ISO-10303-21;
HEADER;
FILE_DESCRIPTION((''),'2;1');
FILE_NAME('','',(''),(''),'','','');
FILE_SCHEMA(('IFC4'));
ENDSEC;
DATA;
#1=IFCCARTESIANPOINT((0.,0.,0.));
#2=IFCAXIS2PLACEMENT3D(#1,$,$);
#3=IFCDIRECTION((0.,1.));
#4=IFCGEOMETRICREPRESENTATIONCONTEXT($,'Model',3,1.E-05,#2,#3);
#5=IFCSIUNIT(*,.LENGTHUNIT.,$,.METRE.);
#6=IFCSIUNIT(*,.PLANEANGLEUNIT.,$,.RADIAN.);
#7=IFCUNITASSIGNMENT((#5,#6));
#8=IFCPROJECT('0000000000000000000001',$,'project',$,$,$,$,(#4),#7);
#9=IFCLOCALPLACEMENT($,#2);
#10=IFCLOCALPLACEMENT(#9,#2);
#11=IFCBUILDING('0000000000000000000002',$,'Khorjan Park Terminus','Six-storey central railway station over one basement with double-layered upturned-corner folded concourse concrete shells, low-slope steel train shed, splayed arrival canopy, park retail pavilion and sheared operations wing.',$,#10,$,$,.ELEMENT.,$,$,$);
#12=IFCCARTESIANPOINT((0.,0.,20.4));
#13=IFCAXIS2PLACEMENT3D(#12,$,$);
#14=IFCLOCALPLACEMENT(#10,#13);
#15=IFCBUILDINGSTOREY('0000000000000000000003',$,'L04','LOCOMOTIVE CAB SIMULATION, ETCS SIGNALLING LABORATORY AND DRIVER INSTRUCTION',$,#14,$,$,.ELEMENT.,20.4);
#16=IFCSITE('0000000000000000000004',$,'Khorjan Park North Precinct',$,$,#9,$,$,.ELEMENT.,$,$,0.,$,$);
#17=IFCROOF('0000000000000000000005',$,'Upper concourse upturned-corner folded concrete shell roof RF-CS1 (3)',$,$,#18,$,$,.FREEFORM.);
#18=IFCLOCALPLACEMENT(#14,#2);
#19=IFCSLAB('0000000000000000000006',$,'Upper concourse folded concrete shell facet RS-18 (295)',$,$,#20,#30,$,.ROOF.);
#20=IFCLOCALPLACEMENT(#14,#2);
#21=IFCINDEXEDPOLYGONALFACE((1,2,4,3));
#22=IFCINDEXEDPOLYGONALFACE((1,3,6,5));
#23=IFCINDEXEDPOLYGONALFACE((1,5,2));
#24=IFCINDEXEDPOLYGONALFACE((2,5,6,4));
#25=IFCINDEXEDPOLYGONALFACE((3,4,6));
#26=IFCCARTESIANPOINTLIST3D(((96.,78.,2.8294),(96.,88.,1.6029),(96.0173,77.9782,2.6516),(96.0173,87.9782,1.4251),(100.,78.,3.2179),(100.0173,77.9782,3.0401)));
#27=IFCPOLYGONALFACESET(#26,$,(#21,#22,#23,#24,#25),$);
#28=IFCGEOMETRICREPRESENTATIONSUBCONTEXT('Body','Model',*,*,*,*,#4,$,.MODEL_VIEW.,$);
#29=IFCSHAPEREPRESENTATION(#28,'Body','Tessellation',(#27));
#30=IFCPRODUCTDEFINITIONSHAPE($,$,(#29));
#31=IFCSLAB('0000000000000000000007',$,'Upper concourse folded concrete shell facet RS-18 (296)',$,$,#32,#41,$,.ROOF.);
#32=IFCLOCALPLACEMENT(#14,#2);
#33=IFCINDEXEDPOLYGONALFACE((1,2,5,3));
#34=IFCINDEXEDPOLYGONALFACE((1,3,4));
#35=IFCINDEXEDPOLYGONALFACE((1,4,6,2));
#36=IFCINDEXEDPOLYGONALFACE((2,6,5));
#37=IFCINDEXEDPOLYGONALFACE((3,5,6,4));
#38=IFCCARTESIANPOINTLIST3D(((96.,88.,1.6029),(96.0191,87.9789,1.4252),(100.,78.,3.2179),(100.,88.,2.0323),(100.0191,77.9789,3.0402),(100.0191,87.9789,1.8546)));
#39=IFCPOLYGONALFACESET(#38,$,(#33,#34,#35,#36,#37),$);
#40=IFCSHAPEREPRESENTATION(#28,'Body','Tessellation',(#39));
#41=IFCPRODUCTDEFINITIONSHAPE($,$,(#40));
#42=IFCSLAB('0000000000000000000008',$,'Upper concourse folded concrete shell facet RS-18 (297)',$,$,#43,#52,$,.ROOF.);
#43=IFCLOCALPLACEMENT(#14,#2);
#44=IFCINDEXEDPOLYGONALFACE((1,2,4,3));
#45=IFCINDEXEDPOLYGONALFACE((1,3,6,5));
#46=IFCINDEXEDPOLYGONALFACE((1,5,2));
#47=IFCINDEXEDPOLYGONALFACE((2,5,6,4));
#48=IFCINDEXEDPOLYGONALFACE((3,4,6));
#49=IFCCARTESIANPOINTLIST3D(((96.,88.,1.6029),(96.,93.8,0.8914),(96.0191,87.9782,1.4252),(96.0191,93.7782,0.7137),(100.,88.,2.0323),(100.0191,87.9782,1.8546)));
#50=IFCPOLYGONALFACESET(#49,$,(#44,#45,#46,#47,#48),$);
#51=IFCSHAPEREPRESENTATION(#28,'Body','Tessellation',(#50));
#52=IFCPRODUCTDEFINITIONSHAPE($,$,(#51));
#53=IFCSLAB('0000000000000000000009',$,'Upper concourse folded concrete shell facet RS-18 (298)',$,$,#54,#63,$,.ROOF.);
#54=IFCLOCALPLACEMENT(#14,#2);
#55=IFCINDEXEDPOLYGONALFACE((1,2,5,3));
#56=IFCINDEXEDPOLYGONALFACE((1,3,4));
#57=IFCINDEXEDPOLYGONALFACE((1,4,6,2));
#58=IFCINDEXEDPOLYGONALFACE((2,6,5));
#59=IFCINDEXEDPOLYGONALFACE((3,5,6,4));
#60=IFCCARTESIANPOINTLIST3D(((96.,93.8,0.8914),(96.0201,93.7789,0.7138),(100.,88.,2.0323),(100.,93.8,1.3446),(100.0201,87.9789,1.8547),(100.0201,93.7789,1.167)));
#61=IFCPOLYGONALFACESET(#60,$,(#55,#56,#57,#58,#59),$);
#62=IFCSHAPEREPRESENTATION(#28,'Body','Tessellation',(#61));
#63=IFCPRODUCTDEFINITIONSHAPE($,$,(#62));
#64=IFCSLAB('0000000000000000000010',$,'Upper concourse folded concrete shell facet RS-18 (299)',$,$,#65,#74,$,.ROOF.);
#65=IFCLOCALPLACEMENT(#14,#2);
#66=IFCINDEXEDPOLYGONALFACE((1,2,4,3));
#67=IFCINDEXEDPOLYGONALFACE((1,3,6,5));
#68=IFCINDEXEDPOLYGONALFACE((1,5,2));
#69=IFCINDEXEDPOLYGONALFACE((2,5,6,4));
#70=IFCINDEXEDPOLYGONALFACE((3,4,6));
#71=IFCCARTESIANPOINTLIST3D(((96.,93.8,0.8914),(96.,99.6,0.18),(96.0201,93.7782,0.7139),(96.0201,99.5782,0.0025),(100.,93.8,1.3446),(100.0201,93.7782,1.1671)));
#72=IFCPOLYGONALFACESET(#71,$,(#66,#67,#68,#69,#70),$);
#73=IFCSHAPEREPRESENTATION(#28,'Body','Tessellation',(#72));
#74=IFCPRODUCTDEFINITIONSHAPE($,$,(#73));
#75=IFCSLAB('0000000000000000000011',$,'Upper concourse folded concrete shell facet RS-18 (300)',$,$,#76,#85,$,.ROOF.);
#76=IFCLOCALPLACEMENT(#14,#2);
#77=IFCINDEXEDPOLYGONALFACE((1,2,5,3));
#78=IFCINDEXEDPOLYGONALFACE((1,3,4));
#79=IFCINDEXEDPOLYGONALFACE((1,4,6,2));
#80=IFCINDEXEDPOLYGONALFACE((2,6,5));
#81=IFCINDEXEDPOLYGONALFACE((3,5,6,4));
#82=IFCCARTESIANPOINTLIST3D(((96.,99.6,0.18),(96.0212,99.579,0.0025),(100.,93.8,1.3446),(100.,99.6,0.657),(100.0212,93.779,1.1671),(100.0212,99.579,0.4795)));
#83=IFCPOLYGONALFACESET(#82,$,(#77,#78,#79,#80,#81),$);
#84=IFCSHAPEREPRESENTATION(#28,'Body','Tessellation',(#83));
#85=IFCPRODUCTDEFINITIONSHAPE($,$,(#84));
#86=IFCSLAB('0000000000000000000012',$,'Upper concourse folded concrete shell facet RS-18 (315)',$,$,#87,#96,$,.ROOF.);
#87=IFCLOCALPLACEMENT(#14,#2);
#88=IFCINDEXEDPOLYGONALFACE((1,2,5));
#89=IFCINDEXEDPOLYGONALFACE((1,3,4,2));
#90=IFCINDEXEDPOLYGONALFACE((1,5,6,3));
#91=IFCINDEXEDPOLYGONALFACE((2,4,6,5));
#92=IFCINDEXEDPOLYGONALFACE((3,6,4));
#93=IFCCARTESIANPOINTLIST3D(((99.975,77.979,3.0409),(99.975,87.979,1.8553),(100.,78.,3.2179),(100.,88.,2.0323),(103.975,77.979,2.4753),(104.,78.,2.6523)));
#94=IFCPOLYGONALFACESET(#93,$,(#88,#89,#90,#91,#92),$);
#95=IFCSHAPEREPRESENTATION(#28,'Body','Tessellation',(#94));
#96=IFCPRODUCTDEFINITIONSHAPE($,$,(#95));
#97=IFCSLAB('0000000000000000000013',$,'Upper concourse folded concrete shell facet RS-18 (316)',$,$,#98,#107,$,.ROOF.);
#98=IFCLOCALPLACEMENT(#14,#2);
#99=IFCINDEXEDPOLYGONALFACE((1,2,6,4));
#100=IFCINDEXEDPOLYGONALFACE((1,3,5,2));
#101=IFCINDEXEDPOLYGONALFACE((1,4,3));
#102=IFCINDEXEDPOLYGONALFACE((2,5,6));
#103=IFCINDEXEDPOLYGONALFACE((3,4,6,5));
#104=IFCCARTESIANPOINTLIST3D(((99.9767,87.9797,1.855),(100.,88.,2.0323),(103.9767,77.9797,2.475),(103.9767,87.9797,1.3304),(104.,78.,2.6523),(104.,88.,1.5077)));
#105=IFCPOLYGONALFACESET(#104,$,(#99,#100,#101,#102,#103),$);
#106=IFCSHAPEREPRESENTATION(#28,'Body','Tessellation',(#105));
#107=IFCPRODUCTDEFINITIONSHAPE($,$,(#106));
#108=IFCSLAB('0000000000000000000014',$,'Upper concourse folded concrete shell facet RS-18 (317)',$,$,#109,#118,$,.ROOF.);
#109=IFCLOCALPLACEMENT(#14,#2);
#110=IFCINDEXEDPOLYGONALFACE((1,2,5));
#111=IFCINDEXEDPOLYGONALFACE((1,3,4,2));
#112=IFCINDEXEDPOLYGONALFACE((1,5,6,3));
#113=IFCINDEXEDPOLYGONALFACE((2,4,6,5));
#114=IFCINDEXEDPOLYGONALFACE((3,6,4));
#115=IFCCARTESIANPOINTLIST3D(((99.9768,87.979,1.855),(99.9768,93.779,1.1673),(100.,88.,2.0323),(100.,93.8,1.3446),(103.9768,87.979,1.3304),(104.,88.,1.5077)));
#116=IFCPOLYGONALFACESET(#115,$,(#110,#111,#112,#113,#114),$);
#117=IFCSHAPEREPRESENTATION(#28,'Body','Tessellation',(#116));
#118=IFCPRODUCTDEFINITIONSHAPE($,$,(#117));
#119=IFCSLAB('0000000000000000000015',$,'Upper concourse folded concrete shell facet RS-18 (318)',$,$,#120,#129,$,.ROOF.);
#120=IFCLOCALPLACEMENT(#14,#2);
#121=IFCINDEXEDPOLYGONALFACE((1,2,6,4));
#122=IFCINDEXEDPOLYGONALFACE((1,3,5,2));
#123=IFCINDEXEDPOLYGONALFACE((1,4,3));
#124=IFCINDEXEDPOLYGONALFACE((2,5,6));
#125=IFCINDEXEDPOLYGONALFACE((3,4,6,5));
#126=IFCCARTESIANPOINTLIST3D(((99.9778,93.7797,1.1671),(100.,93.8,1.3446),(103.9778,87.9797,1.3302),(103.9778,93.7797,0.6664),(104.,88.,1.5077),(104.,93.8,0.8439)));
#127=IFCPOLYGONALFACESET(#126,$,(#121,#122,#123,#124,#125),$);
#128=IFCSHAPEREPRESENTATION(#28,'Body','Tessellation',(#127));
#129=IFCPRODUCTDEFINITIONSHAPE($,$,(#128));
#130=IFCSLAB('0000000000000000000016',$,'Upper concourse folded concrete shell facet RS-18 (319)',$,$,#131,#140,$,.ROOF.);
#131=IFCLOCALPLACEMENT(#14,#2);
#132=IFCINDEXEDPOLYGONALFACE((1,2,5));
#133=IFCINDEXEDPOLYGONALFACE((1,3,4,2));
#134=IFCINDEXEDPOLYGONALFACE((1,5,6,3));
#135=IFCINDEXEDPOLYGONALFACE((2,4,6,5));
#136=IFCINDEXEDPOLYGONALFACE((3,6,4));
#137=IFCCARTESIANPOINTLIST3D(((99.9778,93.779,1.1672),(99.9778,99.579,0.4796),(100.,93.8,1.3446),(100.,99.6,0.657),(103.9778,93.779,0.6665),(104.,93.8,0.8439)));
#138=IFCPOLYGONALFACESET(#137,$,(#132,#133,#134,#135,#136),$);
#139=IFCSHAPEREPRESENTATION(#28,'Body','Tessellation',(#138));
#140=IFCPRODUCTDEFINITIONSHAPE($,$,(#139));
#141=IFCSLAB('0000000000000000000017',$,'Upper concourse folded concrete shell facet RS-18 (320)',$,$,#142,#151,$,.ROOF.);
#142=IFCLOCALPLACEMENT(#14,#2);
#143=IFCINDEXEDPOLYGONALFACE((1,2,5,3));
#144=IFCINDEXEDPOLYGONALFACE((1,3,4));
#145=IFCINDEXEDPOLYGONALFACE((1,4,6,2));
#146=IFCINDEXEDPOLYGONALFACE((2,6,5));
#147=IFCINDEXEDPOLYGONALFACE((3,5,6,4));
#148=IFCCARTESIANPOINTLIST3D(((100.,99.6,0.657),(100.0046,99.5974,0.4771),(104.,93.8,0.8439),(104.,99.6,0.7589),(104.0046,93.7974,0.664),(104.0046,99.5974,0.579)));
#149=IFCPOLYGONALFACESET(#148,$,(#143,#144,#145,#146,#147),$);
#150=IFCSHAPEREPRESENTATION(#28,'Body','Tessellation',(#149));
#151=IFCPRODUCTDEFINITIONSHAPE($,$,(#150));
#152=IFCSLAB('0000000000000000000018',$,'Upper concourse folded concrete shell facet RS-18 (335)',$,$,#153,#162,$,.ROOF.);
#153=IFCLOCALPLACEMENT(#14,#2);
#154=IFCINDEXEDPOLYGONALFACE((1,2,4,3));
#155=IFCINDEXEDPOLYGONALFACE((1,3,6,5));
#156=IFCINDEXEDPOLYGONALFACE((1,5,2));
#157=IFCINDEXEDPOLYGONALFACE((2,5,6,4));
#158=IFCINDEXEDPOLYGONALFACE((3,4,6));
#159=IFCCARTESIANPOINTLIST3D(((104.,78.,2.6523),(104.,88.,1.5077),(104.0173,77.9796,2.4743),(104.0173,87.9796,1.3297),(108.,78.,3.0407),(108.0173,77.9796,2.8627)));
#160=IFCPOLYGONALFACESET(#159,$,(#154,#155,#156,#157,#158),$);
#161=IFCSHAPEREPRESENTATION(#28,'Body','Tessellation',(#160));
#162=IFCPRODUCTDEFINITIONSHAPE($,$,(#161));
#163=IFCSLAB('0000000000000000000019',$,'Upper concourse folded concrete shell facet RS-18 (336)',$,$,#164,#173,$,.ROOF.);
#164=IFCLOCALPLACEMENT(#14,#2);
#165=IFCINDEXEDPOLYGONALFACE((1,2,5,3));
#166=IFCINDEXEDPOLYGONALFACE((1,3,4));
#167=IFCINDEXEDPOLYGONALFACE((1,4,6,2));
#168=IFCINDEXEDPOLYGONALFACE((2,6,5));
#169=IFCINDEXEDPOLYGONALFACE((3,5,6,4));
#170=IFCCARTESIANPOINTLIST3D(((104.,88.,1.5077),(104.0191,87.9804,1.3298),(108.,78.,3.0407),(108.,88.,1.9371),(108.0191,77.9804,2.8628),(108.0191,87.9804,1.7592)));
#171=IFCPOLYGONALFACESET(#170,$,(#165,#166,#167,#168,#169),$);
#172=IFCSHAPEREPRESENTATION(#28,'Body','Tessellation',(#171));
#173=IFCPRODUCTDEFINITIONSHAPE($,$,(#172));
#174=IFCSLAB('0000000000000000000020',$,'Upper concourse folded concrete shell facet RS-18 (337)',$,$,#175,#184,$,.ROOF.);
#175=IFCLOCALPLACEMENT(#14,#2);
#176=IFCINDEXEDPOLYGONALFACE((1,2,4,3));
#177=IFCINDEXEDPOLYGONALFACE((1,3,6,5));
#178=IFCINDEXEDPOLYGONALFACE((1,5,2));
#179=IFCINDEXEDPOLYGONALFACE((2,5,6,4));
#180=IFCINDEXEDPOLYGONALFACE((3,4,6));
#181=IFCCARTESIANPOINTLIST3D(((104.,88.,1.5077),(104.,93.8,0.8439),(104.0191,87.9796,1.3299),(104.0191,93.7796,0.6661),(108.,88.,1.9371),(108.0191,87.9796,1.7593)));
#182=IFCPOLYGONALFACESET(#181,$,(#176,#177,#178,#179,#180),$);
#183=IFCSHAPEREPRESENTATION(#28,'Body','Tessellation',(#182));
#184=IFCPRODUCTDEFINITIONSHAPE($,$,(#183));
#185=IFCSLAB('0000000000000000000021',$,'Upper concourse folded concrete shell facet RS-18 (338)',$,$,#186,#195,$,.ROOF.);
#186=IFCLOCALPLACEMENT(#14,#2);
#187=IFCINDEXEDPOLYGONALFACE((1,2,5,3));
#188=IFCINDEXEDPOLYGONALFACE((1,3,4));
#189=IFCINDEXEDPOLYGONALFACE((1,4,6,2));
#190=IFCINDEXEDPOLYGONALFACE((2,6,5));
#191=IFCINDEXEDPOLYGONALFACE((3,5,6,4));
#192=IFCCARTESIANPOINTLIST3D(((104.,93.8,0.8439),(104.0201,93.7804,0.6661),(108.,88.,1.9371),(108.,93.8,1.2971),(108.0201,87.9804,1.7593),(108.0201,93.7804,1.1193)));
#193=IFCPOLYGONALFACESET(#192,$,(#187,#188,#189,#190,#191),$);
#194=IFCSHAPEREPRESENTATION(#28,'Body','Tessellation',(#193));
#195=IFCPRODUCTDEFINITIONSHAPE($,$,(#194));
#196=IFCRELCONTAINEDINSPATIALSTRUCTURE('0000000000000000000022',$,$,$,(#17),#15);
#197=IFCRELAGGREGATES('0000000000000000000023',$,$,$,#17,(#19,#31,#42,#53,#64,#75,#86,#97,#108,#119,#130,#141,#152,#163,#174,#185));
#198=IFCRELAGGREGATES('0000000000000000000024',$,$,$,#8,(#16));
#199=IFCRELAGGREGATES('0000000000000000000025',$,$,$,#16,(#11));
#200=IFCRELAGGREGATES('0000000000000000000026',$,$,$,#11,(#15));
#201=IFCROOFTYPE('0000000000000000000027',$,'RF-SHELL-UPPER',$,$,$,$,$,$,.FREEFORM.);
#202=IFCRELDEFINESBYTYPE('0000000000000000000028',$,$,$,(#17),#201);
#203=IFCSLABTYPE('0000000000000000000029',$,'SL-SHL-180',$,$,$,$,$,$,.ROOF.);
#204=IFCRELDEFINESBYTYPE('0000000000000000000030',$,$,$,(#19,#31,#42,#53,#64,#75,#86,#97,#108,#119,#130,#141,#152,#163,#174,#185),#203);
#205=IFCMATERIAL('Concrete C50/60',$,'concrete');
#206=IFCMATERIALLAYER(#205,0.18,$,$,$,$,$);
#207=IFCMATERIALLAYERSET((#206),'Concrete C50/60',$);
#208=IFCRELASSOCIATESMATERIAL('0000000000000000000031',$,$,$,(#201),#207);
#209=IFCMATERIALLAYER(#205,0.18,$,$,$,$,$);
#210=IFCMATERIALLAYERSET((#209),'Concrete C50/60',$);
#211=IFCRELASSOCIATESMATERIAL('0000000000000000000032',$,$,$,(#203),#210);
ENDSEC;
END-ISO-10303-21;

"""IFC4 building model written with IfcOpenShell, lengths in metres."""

from ifc_helpers import new_model, si_unit, direction, frame, origin, place, context, subcontext, project, spatial, polyline, outline, extrude, material, layer, layer_set, type_object, element, aggregate, save


model = new_model("IFC4")

# Units and contexts
model_context = context("Model", 3, precision=1e-05, world=origin(), true_north=direction((0.0, 1.0)))
body_context = subcontext(model_context, "Body", "Model", "MODEL_VIEW")
ifc_project = project(units=[si_unit("LENGTHUNIT", "METRE"), si_unit("PLANEANGLEUNIT", "RADIAN")], contexts=[model_context])

# Site, building, storey
site_placement = place(None, origin())
site = spatial("IfcSite", under=ifc_project, at=site_placement, Name="Khorjan Park North Precinct", CompositionType="ELEMENT", RefElevation=0.0)
building_placement = place(site_placement, origin())
building = spatial("IfcBuilding", under=site, at=building_placement, Name="Khorjan Park Terminus", Description="Six-storey central railway station over one basement with double-layered upturned-corner folded concourse concrete shells, low-slope steel train shed, splayed arrival canopy, park retail pavilion and sheared operations wing.", CompositionType="ELEMENT")
storey_placement = place(building_placement, frame((0.0, 0.0, 20.4)))
storey = spatial("IfcBuildingStorey", under=building, at=storey_placement, Name="L04", Description="LOCOMOTIVE CAB SIMULATION, ETCS SIGNALLING LABORATORY AND DRIVER INSTRUCTION", CompositionType="ELEMENT", Elevation=20.4)

# Roof, slabs
ifc_material = material(Name="Concrete C50/60", Category="concrete")
ifc_layer_1 = layer(ifc_material, 0.18)
ifc_layer_set_1 = layer_set([ifc_layer_1], Name="Concrete C50/60")
roof_type = type_object("IfcRoofType", Name="RF-SHELL-UPPER", PredefinedType="FREEFORM", material=ifc_layer_set_1)
roof_placement = place(storey_placement, origin())
roof = element("IfcRoof", 1, at=roof_placement, inside=storey, type_object=roof_type, Name="Upper concourse upturned-corner folded concrete shell roof RF-CS1 (3)", PredefinedType="FREEFORM")
ifc_layer_2 = layer(ifc_material, 0.18)
ifc_layer_set_2 = layer_set([ifc_layer_2], Name="Concrete C50/60")
slab_type = type_object("IfcSlabType", Name="SL-SHL-180", PredefinedType="ROOF", material=ifc_layer_set_2)
slab_1_placement = place(storey_placement, frame((96.0, 78.0, 2.8294), z_axis=(-0.095958, 0.121176, 0.987982), x_axis=(0.995316, 0.0, 0.09667)))
slab_1 = element("IfcSlab", 2, at=slab_1_placement, type_object=slab_type, Name="Upper concourse folded concrete shell facet RS-18 (295)", PredefinedType="ROOF", context=body_context, shape_type="SweptSolid", body=[
    extrude(outline(polyline([(0.0, 0.0), (4.0188, 0.0), (-0.1186, 10.0742), (0.0, 0.0)])), origin(), (0.0, 0.0, -1.0), 0.18),
])
slab_2_placement = place(storey_placement, frame((100.0, 78.0, 3.2179), z_axis=(-0.106003, 0.117072, 0.98745), x_axis=(0.0, 0.993045, -0.117735)))
slab_2 = element("IfcSlab", 3, at=slab_2_placement, type_object=slab_type, Name="Upper concourse folded concrete shell facet RS-18 (296)", PredefinedType="ROOF", context=body_context, shape_type="SweptSolid", body=[
    extrude(outline(polyline([(0.0, 0.0), (10.07, 0.0), (10.1206, 4.0227), (0.0, 0.0)])), origin(), (0.0, 0.0, -1.0), 0.18),
])
slab_3_placement = place(storey_placement, frame((96.0, 88.0, 1.6029), z_axis=(-0.105952, 0.121074, 0.986973), x_axis=(0.994287, 0.0, 0.106737)))
slab_3 = element("IfcSlab", 4, at=slab_3_placement, type_object=slab_type, Name="Upper concourse folded concrete shell facet RS-18 (297)", PredefinedType="ROOF", context=body_context, shape_type="SweptSolid", body=[
    extrude(outline(polyline([(0.0, 0.0), (4.023, 0.0), (-0.0759, 5.843), (0.0, 0.0)])), origin(), (0.0, 0.0, -1.0), 0.18),
])
slab_4_placement = place(storey_placement, frame((100.0, 88.0, 2.0323), z_axis=(-0.111806, 0.117006, 0.986818), x_axis=(0.0, 0.993044, -0.117744)))
slab_4 = element("IfcSlab", 5, at=slab_4_placement, type_object=slab_type, Name="Upper concourse folded concrete shell facet RS-18 (298)", PredefinedType="ROOF", context=body_context, shape_type="SweptSolid", body=[
    extrude(outline(polyline([(0.0, 0.0), (5.8406, 0.0), (5.894, 4.0252), (0.0, 0.0)])), origin(), (0.0, 0.0, -1.0), 0.18),
])
slab_5_placement = place(storey_placement, frame((96.0, 93.8, 0.8914), z_axis=(-0.111753, 0.12098, 0.986344), x_axis=(0.993643, 0.0, 0.11258)))
slab_5 = element("IfcSlab", 6, at=slab_5_placement, type_object=slab_type, Name="Upper concourse folded concrete shell facet RS-18 (299)", PredefinedType="ROOF", context=body_context, shape_type="SweptSolid", body=[
    extrude(outline(polyline([(0.0, 0.0), (4.0256, 0.0), (-0.0801, 5.8429), (0.0, 0.0)])), origin(), (0.0, 0.0, -1.0), 0.18),
])
slab_6_placement = place(storey_placement, frame((100.0, 93.8, 1.3446), z_axis=(-0.117599, 0.11691, 0.986155), x_axis=(0.0, 0.993046, -0.117727)))
slab_6 = element("IfcSlab", 7, at=slab_6_placement, type_object=slab_type, Name="Upper concourse folded concrete shell facet RS-18 (300)", PredefinedType="ROOF", context=body_context, shape_type="SweptSolid", body=[
    extrude(outline(polyline([(0.0, 0.0), (5.8406, 0.0), (5.8968, 4.0279), (0.0, 0.0)])), origin(), (0.0, 0.0, -1.0), 0.18),
])
slab_7_placement = place(storey_placement, frame((100.0, 78.0, 3.2179), z_axis=(0.139052, 0.116592, 0.983398), x_axis=(0.99015, 0.0, -0.140007)))
slab_7 = element("IfcSlab", 8, at=slab_7_placement, type_object=slab_type, Name="Upper concourse folded concrete shell facet RS-18 (315)", PredefinedType="ROOF", context=body_context, shape_type="SweptSolid", body=[
    extrude(outline(polyline([(0.0, 0.0), (4.0398, 0.0), (0.166, 10.0687), (0.0, 0.0)])), origin(), (0.0, 0.0, -1.0), 0.18),
])
slab_8_placement = place(storey_placement, frame((104.0, 78.0, 2.6523), z_axis=(0.129207, 0.112764, 0.985185), x_axis=(0.0, 0.993513, -0.113718)))
slab_8 = element("IfcSlab", 9, at=slab_8_placement, type_object=slab_type, Name="Upper concourse folded concrete shell facet RS-18 (316)", PredefinedType="ROOF", context=body_context, shape_type="SweptSolid", body=[
    extrude(outline(polyline([(0.0, 0.0), (10.0653, 0.0), (10.0056, 4.0338), (0.0, 0.0)])), origin(), (0.0, 0.0, -1.0), 0.18),
])
slab_9_placement = place(storey_placement, frame((100.0, 88.0, 2.0323), z_axis=(0.129147, 0.116758, 0.984728), x_axis=(0.991509, 0.0, -0.130036)))
slab_9 = element("IfcSlab", 10, at=slab_9_placement, type_object=slab_type, Name="Upper concourse folded concrete shell facet RS-18 (317)", PredefinedType="ROOF", context=body_context, shape_type="SweptSolid", body=[
    extrude(outline(polyline([(0.0, 0.0), (4.0343, 0.0), (0.0894, 5.8399), (0.0, 0.0)])), origin(), (0.0, 0.0, -1.0), 0.18),
])
slab_10_placement = place(storey_placement, frame((104.0, 88.0, 1.5077), z_axis=(0.123412, 0.112837, 0.985919), x_axis=(0.0, 0.993514, -0.113706)))
slab_10 = element("IfcSlab", 11, at=slab_10_placement, type_object=slab_type, Name="Upper concourse folded concrete shell facet RS-18 (318)", PredefinedType="ROOF", context=body_context, shape_type="SweptSolid", body=[
    extrude(outline(polyline([(0.0, 0.0), (5.8379, 0.0), (5.7809, 4.0308), (0.0, 0.0)])), origin(), (0.0, 0.0, -1.0), 0.18),
])
slab_11_placement = place(storey_placement, frame((100.0, 93.8, 1.3446), z_axis=(0.123355, 0.116828, 0.985462), x_axis=(0.992256, 0.0, -0.124206)))
slab_11 = element("IfcSlab", 12, at=slab_11_placement, type_object=slab_type, Name="Upper concourse folded concrete shell facet RS-18 (319)", PredefinedType="ROOF", context=body_context, shape_type="SweptSolid", body=[
    extrude(outline(polyline([(0.0, 0.0), (4.0312, 0.0), (0.0854, 5.84), (0.0, 0.0)])), origin(), (0.0, 0.0, -1.0), 0.18),
])
slab_12_placement = place(storey_placement, frame((104.0, 93.8, 0.8439), z_axis=(-0.025464, 0.014649, 0.999568), x_axis=(0.0, 0.999893, -0.014654)))
slab_12 = element("IfcSlab", 13, at=slab_12_placement, type_object=slab_type, Name="Upper concourse folded concrete shell facet RS-18 (320)", PredefinedType="ROOF", context=body_context, shape_type="SweptSolid", body=[
    extrude(outline(polyline([(0.0, 0.0), (5.8006, 0.0), (5.8021, 4.0013), (0.0, 0.0)])), origin(), (0.0, 0.0, -1.0), 0.18),
])
slab_13_placement = place(storey_placement, frame((104.0, 78.0, 2.6523), z_axis=(-0.096024, 0.113192, 0.988922), x_axis=(0.995319, 0.0, 0.096645)))
slab_13 = element("IfcSlab", 14, at=slab_13_placement, type_object=slab_type, Name="Upper concourse folded concrete shell facet RS-18 (335)", PredefinedType="ROOF", context=body_context, shape_type="SweptSolid", body=[
    extrude(outline(polyline([(0.0, 0.0), (4.0188, 0.0), (-0.1106, 10.0647), (0.0, 0.0)])), origin(), (0.0, 0.0, -1.0), 0.18),
])
slab_14_placement = place(storey_placement, frame((108.0, 78.0, 3.0407), z_axis=(-0.1061, 0.109075, 0.988355), x_axis=(0.0, 0.993965, -0.109694)))
slab_14 = element("IfcSlab", 15, at=slab_14_placement, type_object=slab_type, Name="Upper concourse folded concrete shell facet RS-18 (336)", PredefinedType="ROOF", context=body_context, shape_type="SweptSolid", body=[
    extrude(outline(polyline([(0.0, 0.0), (10.0607, 0.0), (10.1078, 4.0227), (0.0, 0.0)])), origin(), (0.0, 0.0, -1.0), 0.18),
])
slab_15_placement = place(storey_placement, frame((104.0, 88.0, 1.5077), z_axis=(-0.106052, 0.113065, 0.987912), x_axis=(0.994287, 0.0, 0.106737)))
slab_15 = element("IfcSlab", 16, at=slab_15_placement, type_object=slab_type, Name="Upper concourse folded concrete shell facet RS-18 (337)", PredefinedType="ROOF", context=body_context, shape_type="SweptSolid", body=[
    extrude(outline(polyline([(0.0, 0.0), (4.023, 0.0), (-0.0709, 5.8374), (0.0, 0.0)])), origin(), (0.0, 0.0, -1.0), 0.18),
])
slab_16_placement = place(storey_placement, frame((108.0, 88.0, 1.9371), z_axis=(-0.111909, 0.10899, 0.987723), x_axis=(0.0, 0.993967, -0.109679)))
slab_16 = element("IfcSlab", 17, at=slab_16_placement, type_object=slab_type, Name="Upper concourse folded concrete shell facet RS-18 (338)", PredefinedType="ROOF", context=body_context, shape_type="SweptSolid", body=[
    extrude(outline(polyline([(0.0, 0.0), (5.8352, 0.0), (5.8849, 4.0253), (0.0, 0.0)])), origin(), (0.0, 0.0, -1.0), 0.18),
])
aggregate(roof, [slab_1, slab_2, slab_3, slab_4, slab_5, slab_6, slab_7, slab_8, slab_9, slab_10, slab_11, slab_12, slab_13, slab_14, slab_15, slab_16])

save(model, "model.ifc")
